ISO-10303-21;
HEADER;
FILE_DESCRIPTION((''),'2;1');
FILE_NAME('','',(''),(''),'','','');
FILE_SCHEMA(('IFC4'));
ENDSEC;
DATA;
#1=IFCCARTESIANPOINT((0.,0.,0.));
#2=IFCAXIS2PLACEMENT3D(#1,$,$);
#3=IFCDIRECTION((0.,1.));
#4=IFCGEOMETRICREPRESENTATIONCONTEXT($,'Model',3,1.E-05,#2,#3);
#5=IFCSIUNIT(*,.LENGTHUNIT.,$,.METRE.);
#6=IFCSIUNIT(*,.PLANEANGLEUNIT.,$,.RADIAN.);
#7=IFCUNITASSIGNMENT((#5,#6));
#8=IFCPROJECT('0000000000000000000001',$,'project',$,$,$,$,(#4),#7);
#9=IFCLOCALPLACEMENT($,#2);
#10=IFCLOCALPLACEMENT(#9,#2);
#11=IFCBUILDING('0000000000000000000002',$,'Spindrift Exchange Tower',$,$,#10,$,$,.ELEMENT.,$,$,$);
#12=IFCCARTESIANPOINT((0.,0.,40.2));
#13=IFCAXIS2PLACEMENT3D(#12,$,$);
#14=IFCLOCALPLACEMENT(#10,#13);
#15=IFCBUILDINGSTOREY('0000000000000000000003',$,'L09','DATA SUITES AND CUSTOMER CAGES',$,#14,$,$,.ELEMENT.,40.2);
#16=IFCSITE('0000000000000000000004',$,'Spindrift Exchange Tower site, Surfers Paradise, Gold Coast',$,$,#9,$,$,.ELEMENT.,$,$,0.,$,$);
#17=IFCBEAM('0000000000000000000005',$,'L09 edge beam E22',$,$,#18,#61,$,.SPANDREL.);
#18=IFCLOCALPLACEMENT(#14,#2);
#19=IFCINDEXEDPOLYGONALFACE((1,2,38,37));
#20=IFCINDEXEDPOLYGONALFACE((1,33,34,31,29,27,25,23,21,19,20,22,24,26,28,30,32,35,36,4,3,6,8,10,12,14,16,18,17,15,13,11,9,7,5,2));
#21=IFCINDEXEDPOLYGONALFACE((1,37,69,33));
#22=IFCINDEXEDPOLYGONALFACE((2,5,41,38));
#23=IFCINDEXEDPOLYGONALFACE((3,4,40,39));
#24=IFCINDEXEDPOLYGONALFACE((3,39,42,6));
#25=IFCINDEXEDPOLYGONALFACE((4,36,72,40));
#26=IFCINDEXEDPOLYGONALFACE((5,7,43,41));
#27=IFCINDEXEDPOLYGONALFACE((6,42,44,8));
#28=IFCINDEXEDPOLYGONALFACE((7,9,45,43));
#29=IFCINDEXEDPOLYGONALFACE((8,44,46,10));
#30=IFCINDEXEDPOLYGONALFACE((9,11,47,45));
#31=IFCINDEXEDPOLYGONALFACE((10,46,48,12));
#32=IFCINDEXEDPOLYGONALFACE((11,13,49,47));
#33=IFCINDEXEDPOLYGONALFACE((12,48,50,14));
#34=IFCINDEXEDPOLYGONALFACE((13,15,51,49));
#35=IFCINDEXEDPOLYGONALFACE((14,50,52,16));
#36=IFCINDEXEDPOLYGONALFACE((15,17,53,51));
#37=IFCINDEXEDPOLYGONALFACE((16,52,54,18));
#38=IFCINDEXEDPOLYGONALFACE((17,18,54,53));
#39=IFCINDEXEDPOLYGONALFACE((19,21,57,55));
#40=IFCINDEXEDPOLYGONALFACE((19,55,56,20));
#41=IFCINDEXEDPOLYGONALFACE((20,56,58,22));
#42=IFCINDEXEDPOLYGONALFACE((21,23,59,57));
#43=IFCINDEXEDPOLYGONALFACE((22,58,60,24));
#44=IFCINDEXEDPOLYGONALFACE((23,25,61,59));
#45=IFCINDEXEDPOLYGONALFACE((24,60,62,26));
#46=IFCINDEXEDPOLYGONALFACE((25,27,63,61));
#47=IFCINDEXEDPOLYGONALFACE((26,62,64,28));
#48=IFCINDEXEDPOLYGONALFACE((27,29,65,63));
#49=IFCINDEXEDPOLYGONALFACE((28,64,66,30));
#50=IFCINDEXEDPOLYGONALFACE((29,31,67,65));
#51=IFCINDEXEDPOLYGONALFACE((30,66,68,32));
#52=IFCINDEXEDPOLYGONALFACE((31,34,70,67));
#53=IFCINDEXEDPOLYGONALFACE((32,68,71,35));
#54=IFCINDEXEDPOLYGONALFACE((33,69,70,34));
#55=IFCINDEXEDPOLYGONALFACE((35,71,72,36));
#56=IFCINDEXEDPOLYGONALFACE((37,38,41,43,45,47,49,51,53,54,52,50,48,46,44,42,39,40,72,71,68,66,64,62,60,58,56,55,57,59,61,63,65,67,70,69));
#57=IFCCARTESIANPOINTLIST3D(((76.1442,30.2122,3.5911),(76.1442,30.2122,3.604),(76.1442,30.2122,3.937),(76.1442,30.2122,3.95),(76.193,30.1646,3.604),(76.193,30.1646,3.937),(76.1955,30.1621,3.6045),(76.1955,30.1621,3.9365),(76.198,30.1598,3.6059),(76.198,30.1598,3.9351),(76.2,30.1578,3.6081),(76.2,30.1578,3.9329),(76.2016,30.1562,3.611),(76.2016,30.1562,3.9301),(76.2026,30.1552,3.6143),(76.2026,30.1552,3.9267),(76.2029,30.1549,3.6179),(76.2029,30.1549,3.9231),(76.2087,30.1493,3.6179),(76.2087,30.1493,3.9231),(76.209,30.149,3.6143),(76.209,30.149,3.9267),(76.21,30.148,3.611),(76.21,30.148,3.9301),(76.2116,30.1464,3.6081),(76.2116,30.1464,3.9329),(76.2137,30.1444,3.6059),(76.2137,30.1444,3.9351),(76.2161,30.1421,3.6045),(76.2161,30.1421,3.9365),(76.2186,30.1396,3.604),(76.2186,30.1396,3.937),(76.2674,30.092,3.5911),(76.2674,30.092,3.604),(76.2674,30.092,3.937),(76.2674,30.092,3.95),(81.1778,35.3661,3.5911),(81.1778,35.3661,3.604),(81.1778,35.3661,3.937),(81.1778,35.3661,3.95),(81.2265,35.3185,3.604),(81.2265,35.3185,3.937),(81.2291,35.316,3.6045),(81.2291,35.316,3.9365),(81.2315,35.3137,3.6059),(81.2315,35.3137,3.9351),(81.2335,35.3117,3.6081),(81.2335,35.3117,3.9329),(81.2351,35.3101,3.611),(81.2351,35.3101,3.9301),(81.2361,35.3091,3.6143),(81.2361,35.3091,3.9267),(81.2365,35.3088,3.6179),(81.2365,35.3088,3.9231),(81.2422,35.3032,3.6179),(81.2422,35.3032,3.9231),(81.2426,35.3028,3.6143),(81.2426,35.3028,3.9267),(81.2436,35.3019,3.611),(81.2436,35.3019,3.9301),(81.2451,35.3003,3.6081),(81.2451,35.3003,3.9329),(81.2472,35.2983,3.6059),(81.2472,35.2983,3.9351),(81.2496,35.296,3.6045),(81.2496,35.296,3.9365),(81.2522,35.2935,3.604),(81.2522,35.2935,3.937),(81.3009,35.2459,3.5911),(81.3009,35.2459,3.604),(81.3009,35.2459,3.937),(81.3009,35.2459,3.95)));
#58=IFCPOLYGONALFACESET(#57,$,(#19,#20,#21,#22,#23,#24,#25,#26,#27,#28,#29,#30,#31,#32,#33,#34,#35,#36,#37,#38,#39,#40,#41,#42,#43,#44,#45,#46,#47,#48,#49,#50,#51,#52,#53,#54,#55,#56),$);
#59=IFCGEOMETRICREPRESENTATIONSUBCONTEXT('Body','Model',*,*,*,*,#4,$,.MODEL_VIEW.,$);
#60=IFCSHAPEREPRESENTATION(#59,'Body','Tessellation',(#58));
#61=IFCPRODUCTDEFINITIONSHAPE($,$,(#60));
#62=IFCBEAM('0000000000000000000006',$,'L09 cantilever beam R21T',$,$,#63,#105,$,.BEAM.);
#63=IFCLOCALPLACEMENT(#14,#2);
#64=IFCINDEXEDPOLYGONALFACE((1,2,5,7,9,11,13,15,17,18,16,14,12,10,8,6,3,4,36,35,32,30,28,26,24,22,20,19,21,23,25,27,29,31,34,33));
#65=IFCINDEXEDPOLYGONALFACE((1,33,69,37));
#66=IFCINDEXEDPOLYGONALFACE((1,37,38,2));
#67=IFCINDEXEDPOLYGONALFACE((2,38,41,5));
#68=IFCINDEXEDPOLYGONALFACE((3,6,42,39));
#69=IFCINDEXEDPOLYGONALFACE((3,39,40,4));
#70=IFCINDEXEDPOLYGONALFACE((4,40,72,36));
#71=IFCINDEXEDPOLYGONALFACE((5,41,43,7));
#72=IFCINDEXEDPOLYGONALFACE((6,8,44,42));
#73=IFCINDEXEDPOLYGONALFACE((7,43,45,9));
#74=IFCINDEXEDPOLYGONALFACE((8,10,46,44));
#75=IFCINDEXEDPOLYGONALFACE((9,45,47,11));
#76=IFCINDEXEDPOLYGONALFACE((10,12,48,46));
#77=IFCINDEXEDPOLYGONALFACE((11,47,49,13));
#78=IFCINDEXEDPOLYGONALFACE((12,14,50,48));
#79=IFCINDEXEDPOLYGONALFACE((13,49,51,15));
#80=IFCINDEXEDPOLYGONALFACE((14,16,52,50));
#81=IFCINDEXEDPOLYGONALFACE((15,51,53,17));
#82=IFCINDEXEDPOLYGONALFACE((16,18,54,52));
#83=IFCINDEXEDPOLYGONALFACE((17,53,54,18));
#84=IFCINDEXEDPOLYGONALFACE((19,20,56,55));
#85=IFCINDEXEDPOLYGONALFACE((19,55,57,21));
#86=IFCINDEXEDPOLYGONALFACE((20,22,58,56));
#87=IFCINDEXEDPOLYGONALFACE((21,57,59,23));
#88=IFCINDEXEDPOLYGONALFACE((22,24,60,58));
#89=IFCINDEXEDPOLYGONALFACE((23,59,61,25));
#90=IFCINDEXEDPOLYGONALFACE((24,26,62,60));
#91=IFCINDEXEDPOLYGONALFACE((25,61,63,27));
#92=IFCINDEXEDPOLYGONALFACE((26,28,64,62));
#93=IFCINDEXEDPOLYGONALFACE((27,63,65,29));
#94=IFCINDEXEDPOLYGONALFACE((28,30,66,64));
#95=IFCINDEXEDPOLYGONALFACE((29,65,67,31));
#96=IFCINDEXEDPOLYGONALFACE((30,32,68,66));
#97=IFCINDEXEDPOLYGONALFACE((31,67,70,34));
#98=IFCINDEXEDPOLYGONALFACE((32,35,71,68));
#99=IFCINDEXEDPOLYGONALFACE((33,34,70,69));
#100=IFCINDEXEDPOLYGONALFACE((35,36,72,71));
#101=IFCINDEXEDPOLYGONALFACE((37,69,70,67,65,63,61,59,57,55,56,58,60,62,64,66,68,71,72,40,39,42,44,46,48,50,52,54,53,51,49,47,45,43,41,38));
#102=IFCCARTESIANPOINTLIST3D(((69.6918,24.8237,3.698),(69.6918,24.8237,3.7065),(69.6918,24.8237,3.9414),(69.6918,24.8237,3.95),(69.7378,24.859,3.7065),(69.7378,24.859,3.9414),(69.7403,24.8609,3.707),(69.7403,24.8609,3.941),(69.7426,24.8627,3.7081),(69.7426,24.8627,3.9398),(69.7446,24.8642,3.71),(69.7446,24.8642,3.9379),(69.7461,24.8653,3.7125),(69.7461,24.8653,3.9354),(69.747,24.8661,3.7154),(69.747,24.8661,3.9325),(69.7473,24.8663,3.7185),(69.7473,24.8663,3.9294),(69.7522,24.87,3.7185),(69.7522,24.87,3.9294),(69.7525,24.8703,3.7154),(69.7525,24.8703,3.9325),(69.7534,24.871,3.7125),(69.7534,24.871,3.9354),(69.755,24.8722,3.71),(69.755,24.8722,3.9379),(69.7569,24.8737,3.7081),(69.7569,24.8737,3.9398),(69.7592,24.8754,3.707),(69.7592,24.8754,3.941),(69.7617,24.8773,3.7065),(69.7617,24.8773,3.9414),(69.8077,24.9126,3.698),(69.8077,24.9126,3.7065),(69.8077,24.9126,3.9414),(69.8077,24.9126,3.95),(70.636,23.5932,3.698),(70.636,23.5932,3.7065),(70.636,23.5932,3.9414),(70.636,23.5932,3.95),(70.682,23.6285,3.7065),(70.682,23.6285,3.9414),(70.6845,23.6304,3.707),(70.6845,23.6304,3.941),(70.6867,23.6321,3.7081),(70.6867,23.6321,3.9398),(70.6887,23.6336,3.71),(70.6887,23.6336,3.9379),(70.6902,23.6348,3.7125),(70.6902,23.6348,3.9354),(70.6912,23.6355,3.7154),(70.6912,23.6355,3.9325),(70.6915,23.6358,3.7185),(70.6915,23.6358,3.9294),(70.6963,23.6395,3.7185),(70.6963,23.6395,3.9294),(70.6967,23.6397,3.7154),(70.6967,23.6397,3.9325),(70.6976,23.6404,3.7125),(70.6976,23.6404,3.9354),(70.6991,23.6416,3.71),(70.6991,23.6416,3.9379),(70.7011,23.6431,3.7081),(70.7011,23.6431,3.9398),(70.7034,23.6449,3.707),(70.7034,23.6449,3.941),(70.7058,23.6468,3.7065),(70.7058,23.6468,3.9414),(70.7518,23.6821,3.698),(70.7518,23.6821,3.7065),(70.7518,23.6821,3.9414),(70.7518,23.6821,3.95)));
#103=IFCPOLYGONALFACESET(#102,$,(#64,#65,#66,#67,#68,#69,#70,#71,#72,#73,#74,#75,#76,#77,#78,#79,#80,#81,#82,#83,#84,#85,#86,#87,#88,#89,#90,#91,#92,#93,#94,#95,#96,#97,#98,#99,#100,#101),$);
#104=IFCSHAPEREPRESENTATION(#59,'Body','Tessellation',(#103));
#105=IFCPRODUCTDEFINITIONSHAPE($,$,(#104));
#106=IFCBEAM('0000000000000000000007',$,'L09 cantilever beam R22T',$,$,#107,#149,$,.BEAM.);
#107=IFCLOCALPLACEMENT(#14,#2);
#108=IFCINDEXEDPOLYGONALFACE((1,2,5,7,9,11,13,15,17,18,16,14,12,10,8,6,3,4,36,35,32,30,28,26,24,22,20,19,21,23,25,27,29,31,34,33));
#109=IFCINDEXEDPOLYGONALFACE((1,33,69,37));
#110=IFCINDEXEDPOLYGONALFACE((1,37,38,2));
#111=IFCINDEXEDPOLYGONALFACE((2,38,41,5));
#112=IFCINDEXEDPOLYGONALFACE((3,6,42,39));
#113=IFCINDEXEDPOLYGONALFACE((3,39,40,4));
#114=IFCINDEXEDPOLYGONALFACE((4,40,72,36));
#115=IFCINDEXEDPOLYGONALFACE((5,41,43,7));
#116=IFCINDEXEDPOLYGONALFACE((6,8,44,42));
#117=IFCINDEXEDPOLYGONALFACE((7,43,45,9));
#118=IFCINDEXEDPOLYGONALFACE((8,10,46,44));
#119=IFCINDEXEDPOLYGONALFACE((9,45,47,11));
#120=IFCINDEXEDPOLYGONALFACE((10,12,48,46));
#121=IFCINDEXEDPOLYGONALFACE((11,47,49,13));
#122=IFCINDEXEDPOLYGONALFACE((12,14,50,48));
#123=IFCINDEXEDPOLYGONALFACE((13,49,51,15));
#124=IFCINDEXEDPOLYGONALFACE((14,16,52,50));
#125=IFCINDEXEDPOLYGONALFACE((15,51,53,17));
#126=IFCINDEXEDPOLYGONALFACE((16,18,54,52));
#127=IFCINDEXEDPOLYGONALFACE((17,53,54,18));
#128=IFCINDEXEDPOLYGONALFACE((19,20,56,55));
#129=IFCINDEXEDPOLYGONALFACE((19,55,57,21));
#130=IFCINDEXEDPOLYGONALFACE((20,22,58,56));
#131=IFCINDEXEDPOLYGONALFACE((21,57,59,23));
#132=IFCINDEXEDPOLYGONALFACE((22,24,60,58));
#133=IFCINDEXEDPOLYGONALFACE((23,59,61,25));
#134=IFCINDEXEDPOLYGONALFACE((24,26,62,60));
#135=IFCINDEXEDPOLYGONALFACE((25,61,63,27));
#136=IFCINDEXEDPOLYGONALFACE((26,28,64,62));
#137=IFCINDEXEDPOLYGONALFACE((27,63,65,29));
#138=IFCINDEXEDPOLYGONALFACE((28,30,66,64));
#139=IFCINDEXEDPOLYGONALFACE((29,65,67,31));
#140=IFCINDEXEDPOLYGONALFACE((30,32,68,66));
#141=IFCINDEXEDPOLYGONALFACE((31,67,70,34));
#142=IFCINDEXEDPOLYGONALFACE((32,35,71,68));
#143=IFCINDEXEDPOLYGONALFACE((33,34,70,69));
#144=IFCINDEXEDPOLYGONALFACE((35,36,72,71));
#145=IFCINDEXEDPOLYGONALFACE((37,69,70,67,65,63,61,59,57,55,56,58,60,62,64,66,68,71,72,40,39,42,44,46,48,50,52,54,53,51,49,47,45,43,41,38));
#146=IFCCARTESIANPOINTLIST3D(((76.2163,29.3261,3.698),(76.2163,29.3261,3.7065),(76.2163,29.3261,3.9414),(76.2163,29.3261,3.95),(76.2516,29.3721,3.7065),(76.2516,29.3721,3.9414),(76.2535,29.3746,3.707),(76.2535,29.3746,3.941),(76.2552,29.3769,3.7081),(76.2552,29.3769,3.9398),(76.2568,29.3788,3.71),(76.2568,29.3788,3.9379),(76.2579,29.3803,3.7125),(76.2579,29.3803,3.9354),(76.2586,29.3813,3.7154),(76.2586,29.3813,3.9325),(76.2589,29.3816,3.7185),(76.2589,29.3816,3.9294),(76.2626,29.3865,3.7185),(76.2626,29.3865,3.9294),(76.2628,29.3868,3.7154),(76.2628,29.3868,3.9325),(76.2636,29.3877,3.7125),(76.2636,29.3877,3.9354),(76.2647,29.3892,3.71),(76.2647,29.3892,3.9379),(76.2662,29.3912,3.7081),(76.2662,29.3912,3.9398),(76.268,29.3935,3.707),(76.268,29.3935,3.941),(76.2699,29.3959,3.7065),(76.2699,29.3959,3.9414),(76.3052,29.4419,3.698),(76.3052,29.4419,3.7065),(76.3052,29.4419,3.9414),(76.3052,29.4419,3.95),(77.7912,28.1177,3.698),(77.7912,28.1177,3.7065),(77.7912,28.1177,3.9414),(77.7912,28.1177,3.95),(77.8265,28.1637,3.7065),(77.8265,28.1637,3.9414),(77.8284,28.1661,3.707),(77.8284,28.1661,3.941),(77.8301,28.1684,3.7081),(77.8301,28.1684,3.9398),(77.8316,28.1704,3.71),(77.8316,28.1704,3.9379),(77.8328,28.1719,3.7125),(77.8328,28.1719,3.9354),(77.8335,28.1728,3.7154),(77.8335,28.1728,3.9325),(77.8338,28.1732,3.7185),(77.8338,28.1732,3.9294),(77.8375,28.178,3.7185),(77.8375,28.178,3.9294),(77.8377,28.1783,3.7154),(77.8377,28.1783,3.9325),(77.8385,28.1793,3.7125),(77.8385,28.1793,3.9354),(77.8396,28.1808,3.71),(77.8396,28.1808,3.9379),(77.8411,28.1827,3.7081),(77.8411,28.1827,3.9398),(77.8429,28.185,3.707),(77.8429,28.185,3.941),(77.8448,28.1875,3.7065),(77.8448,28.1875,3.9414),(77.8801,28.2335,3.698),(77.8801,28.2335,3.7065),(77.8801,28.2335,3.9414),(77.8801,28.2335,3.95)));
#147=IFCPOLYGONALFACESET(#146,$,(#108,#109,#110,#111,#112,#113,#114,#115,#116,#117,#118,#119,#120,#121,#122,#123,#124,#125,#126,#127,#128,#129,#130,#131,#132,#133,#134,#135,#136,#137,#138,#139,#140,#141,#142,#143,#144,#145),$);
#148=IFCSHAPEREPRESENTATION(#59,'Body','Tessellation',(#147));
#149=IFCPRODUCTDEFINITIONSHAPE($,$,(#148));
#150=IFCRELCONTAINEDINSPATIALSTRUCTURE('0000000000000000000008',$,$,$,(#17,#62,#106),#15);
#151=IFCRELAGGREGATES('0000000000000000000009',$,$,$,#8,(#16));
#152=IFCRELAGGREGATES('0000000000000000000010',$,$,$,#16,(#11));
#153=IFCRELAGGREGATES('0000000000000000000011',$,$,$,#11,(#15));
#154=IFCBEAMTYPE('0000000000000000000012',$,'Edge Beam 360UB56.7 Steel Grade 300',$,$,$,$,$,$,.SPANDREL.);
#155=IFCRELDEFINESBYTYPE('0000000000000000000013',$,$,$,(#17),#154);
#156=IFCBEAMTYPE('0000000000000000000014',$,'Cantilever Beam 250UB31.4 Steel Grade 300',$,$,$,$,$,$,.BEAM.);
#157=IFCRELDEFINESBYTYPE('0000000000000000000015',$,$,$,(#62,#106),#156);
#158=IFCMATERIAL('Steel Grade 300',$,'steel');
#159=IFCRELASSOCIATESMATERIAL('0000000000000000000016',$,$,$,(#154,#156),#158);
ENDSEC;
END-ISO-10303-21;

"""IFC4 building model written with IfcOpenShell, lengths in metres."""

from ifc_helpers import new_model, si_unit, direction, frame, origin, origin_2d, place, context, subcontext, project, spatial, i_section, extrude, source, transform, mapped, material, material_profile, profile_set, type_object, element, save


model = new_model("IFC4")

# Units and contexts
model_context = context("Model", 3, precision=1e-05, world=origin(), true_north=direction((0.0, 1.0)))
body_context = subcontext(model_context, "Body", "Model", "MODEL_VIEW")
ifc_project = project(units=[si_unit("LENGTHUNIT", "METRE"), si_unit("PLANEANGLEUNIT", "RADIAN")], contexts=[model_context])

# Site, building, storey
site_placement = place(None, origin())
site = spatial("IfcSite", under=ifc_project, at=site_placement, Name="Spindrift Exchange Tower site, Surfers Paradise, Gold Coast", CompositionType="ELEMENT", RefElevation=0.0)
building_placement = place(site_placement, origin())
building = spatial("IfcBuilding", under=site, at=building_placement, Name="Spindrift Exchange Tower", CompositionType="ELEMENT")
storey_placement = place(building_placement, frame((0.0, 0.0, 40.2)))
storey = spatial("IfcBuildingStorey", under=building, at=storey_placement, Name="L09", Description="DATA SUITES AND CUSTOMER CAGES", CompositionType="ELEMENT", Elevation=40.2)

# Beams
ifc_material_1 = material(Name="Steel Grade 300", Category="steel")
ifc_material_profile_1 = material_profile(ifc_material_1, i_section(OverallWidth=0.1721, OverallDepth=0.3589, WebThickness=0.0081, FlangeThickness=0.0129, FilletRadius=0.0139, at=origin_2d()), Name="360UB56.7")
ifc_profile_set_1 = profile_set([ifc_material_profile_1], Name="Steel Grade 300")
beam_type_1 = type_object("IfcBeamType", Name="Edge Beam 360UB56.7 Steel Grade 300", PredefinedType="SPANDREL", material=ifc_profile_set_1)
shared_shape_1 = source(origin(), body_context, "Body", "SweptSolid", [
    extrude(i_section(OverallWidth=0.1721, OverallDepth=0.3589, WebThickness=0.0081, FlangeThickness=0.0129, FilletRadius=0.0139, at=origin_2d()), origin(), (0.0, 0.0, 1.0), 7.2041),
])
beam_1_placement = place(storey_placement, frame((76.2058, 30.1521, 3.7705), z_axis=(0.698704, 0.715411, 0.0), x_axis=(-0.715411, 0.698704, 0.0)))
element("IfcBeam", 1, at=beam_1_placement, inside=storey, type_object=beam_type_1, Name="L09 edge beam E22", PredefinedType="SPANDREL", context=body_context, shape_type="MappedRepresentation", body=[
    mapped(shared_shape_1, transform((0.0, 0.0, 0.0), scale=1.0)),
])
ifc_material_profile_2 = material_profile(ifc_material_1, i_section(OverallWidth=0.146, OverallDepth=0.252, WebThickness=0.0061, FlangeThickness=0.0085, FilletRadius=0.012, at=origin_2d()), Name="250UB31.4")
ifc_profile_set_2 = profile_set([ifc_material_profile_2], Name="Steel Grade 300")
beam_type_2 = type_object("IfcBeamType", Name="Cantilever Beam 250UB31.4 Steel Grade 300", PredefinedType="BEAM", material=ifc_profile_set_2)
shared_shape_2 = source(origin(), body_context, "Body", "SweptSolid", [
    extrude(i_section(OverallWidth=0.146, OverallDepth=0.252, WebThickness=0.0061, FlangeThickness=0.0085, FilletRadius=0.012, at=origin_2d()), origin(), (0.0, 0.0, 1.0), 1.551),
])
beam_2_placement = place(storey_placement, frame((69.7498, 24.8682, 3.824), z_axis=(0.608729, -0.793378, 0.0), x_axis=(0.793378, 0.608729, 0.0)))
element("IfcBeam", 2, at=beam_2_placement, inside=storey, type_object=beam_type_2, Name="L09 cantilever beam R21T", PredefinedType="BEAM", context=body_context, shape_type="MappedRepresentation", body=[
    mapped(shared_shape_2, transform((0.0, 0.0, 0.0), scale=1.0)),
])
shared_shape_3 = source(origin(), body_context, "Body", "SweptSolid", [
    extrude(i_section(OverallWidth=0.146, OverallDepth=0.252, WebThickness=0.0061, FlangeThickness=0.0085, FilletRadius=0.012, at=origin_2d()), origin(), (0.0, 0.0, 1.0), 1.9851),
])
beam_3_placement = place(storey_placement, frame((76.2607, 29.384, 3.824), z_axis=(0.793355, -0.608759, 0.0), x_axis=(0.608759, 0.793355, 0.0)))
element("IfcBeam", 3, at=beam_3_placement, inside=storey, type_object=beam_type_2, Name="L09 cantilever beam R22T", PredefinedType="BEAM", context=body_context, shape_type="MappedRepresentation", body=[
    mapped(shared_shape_3, transform((0.0, 0.0, 0.0), scale=1.0)),
])

save(model, "model.ifc")
